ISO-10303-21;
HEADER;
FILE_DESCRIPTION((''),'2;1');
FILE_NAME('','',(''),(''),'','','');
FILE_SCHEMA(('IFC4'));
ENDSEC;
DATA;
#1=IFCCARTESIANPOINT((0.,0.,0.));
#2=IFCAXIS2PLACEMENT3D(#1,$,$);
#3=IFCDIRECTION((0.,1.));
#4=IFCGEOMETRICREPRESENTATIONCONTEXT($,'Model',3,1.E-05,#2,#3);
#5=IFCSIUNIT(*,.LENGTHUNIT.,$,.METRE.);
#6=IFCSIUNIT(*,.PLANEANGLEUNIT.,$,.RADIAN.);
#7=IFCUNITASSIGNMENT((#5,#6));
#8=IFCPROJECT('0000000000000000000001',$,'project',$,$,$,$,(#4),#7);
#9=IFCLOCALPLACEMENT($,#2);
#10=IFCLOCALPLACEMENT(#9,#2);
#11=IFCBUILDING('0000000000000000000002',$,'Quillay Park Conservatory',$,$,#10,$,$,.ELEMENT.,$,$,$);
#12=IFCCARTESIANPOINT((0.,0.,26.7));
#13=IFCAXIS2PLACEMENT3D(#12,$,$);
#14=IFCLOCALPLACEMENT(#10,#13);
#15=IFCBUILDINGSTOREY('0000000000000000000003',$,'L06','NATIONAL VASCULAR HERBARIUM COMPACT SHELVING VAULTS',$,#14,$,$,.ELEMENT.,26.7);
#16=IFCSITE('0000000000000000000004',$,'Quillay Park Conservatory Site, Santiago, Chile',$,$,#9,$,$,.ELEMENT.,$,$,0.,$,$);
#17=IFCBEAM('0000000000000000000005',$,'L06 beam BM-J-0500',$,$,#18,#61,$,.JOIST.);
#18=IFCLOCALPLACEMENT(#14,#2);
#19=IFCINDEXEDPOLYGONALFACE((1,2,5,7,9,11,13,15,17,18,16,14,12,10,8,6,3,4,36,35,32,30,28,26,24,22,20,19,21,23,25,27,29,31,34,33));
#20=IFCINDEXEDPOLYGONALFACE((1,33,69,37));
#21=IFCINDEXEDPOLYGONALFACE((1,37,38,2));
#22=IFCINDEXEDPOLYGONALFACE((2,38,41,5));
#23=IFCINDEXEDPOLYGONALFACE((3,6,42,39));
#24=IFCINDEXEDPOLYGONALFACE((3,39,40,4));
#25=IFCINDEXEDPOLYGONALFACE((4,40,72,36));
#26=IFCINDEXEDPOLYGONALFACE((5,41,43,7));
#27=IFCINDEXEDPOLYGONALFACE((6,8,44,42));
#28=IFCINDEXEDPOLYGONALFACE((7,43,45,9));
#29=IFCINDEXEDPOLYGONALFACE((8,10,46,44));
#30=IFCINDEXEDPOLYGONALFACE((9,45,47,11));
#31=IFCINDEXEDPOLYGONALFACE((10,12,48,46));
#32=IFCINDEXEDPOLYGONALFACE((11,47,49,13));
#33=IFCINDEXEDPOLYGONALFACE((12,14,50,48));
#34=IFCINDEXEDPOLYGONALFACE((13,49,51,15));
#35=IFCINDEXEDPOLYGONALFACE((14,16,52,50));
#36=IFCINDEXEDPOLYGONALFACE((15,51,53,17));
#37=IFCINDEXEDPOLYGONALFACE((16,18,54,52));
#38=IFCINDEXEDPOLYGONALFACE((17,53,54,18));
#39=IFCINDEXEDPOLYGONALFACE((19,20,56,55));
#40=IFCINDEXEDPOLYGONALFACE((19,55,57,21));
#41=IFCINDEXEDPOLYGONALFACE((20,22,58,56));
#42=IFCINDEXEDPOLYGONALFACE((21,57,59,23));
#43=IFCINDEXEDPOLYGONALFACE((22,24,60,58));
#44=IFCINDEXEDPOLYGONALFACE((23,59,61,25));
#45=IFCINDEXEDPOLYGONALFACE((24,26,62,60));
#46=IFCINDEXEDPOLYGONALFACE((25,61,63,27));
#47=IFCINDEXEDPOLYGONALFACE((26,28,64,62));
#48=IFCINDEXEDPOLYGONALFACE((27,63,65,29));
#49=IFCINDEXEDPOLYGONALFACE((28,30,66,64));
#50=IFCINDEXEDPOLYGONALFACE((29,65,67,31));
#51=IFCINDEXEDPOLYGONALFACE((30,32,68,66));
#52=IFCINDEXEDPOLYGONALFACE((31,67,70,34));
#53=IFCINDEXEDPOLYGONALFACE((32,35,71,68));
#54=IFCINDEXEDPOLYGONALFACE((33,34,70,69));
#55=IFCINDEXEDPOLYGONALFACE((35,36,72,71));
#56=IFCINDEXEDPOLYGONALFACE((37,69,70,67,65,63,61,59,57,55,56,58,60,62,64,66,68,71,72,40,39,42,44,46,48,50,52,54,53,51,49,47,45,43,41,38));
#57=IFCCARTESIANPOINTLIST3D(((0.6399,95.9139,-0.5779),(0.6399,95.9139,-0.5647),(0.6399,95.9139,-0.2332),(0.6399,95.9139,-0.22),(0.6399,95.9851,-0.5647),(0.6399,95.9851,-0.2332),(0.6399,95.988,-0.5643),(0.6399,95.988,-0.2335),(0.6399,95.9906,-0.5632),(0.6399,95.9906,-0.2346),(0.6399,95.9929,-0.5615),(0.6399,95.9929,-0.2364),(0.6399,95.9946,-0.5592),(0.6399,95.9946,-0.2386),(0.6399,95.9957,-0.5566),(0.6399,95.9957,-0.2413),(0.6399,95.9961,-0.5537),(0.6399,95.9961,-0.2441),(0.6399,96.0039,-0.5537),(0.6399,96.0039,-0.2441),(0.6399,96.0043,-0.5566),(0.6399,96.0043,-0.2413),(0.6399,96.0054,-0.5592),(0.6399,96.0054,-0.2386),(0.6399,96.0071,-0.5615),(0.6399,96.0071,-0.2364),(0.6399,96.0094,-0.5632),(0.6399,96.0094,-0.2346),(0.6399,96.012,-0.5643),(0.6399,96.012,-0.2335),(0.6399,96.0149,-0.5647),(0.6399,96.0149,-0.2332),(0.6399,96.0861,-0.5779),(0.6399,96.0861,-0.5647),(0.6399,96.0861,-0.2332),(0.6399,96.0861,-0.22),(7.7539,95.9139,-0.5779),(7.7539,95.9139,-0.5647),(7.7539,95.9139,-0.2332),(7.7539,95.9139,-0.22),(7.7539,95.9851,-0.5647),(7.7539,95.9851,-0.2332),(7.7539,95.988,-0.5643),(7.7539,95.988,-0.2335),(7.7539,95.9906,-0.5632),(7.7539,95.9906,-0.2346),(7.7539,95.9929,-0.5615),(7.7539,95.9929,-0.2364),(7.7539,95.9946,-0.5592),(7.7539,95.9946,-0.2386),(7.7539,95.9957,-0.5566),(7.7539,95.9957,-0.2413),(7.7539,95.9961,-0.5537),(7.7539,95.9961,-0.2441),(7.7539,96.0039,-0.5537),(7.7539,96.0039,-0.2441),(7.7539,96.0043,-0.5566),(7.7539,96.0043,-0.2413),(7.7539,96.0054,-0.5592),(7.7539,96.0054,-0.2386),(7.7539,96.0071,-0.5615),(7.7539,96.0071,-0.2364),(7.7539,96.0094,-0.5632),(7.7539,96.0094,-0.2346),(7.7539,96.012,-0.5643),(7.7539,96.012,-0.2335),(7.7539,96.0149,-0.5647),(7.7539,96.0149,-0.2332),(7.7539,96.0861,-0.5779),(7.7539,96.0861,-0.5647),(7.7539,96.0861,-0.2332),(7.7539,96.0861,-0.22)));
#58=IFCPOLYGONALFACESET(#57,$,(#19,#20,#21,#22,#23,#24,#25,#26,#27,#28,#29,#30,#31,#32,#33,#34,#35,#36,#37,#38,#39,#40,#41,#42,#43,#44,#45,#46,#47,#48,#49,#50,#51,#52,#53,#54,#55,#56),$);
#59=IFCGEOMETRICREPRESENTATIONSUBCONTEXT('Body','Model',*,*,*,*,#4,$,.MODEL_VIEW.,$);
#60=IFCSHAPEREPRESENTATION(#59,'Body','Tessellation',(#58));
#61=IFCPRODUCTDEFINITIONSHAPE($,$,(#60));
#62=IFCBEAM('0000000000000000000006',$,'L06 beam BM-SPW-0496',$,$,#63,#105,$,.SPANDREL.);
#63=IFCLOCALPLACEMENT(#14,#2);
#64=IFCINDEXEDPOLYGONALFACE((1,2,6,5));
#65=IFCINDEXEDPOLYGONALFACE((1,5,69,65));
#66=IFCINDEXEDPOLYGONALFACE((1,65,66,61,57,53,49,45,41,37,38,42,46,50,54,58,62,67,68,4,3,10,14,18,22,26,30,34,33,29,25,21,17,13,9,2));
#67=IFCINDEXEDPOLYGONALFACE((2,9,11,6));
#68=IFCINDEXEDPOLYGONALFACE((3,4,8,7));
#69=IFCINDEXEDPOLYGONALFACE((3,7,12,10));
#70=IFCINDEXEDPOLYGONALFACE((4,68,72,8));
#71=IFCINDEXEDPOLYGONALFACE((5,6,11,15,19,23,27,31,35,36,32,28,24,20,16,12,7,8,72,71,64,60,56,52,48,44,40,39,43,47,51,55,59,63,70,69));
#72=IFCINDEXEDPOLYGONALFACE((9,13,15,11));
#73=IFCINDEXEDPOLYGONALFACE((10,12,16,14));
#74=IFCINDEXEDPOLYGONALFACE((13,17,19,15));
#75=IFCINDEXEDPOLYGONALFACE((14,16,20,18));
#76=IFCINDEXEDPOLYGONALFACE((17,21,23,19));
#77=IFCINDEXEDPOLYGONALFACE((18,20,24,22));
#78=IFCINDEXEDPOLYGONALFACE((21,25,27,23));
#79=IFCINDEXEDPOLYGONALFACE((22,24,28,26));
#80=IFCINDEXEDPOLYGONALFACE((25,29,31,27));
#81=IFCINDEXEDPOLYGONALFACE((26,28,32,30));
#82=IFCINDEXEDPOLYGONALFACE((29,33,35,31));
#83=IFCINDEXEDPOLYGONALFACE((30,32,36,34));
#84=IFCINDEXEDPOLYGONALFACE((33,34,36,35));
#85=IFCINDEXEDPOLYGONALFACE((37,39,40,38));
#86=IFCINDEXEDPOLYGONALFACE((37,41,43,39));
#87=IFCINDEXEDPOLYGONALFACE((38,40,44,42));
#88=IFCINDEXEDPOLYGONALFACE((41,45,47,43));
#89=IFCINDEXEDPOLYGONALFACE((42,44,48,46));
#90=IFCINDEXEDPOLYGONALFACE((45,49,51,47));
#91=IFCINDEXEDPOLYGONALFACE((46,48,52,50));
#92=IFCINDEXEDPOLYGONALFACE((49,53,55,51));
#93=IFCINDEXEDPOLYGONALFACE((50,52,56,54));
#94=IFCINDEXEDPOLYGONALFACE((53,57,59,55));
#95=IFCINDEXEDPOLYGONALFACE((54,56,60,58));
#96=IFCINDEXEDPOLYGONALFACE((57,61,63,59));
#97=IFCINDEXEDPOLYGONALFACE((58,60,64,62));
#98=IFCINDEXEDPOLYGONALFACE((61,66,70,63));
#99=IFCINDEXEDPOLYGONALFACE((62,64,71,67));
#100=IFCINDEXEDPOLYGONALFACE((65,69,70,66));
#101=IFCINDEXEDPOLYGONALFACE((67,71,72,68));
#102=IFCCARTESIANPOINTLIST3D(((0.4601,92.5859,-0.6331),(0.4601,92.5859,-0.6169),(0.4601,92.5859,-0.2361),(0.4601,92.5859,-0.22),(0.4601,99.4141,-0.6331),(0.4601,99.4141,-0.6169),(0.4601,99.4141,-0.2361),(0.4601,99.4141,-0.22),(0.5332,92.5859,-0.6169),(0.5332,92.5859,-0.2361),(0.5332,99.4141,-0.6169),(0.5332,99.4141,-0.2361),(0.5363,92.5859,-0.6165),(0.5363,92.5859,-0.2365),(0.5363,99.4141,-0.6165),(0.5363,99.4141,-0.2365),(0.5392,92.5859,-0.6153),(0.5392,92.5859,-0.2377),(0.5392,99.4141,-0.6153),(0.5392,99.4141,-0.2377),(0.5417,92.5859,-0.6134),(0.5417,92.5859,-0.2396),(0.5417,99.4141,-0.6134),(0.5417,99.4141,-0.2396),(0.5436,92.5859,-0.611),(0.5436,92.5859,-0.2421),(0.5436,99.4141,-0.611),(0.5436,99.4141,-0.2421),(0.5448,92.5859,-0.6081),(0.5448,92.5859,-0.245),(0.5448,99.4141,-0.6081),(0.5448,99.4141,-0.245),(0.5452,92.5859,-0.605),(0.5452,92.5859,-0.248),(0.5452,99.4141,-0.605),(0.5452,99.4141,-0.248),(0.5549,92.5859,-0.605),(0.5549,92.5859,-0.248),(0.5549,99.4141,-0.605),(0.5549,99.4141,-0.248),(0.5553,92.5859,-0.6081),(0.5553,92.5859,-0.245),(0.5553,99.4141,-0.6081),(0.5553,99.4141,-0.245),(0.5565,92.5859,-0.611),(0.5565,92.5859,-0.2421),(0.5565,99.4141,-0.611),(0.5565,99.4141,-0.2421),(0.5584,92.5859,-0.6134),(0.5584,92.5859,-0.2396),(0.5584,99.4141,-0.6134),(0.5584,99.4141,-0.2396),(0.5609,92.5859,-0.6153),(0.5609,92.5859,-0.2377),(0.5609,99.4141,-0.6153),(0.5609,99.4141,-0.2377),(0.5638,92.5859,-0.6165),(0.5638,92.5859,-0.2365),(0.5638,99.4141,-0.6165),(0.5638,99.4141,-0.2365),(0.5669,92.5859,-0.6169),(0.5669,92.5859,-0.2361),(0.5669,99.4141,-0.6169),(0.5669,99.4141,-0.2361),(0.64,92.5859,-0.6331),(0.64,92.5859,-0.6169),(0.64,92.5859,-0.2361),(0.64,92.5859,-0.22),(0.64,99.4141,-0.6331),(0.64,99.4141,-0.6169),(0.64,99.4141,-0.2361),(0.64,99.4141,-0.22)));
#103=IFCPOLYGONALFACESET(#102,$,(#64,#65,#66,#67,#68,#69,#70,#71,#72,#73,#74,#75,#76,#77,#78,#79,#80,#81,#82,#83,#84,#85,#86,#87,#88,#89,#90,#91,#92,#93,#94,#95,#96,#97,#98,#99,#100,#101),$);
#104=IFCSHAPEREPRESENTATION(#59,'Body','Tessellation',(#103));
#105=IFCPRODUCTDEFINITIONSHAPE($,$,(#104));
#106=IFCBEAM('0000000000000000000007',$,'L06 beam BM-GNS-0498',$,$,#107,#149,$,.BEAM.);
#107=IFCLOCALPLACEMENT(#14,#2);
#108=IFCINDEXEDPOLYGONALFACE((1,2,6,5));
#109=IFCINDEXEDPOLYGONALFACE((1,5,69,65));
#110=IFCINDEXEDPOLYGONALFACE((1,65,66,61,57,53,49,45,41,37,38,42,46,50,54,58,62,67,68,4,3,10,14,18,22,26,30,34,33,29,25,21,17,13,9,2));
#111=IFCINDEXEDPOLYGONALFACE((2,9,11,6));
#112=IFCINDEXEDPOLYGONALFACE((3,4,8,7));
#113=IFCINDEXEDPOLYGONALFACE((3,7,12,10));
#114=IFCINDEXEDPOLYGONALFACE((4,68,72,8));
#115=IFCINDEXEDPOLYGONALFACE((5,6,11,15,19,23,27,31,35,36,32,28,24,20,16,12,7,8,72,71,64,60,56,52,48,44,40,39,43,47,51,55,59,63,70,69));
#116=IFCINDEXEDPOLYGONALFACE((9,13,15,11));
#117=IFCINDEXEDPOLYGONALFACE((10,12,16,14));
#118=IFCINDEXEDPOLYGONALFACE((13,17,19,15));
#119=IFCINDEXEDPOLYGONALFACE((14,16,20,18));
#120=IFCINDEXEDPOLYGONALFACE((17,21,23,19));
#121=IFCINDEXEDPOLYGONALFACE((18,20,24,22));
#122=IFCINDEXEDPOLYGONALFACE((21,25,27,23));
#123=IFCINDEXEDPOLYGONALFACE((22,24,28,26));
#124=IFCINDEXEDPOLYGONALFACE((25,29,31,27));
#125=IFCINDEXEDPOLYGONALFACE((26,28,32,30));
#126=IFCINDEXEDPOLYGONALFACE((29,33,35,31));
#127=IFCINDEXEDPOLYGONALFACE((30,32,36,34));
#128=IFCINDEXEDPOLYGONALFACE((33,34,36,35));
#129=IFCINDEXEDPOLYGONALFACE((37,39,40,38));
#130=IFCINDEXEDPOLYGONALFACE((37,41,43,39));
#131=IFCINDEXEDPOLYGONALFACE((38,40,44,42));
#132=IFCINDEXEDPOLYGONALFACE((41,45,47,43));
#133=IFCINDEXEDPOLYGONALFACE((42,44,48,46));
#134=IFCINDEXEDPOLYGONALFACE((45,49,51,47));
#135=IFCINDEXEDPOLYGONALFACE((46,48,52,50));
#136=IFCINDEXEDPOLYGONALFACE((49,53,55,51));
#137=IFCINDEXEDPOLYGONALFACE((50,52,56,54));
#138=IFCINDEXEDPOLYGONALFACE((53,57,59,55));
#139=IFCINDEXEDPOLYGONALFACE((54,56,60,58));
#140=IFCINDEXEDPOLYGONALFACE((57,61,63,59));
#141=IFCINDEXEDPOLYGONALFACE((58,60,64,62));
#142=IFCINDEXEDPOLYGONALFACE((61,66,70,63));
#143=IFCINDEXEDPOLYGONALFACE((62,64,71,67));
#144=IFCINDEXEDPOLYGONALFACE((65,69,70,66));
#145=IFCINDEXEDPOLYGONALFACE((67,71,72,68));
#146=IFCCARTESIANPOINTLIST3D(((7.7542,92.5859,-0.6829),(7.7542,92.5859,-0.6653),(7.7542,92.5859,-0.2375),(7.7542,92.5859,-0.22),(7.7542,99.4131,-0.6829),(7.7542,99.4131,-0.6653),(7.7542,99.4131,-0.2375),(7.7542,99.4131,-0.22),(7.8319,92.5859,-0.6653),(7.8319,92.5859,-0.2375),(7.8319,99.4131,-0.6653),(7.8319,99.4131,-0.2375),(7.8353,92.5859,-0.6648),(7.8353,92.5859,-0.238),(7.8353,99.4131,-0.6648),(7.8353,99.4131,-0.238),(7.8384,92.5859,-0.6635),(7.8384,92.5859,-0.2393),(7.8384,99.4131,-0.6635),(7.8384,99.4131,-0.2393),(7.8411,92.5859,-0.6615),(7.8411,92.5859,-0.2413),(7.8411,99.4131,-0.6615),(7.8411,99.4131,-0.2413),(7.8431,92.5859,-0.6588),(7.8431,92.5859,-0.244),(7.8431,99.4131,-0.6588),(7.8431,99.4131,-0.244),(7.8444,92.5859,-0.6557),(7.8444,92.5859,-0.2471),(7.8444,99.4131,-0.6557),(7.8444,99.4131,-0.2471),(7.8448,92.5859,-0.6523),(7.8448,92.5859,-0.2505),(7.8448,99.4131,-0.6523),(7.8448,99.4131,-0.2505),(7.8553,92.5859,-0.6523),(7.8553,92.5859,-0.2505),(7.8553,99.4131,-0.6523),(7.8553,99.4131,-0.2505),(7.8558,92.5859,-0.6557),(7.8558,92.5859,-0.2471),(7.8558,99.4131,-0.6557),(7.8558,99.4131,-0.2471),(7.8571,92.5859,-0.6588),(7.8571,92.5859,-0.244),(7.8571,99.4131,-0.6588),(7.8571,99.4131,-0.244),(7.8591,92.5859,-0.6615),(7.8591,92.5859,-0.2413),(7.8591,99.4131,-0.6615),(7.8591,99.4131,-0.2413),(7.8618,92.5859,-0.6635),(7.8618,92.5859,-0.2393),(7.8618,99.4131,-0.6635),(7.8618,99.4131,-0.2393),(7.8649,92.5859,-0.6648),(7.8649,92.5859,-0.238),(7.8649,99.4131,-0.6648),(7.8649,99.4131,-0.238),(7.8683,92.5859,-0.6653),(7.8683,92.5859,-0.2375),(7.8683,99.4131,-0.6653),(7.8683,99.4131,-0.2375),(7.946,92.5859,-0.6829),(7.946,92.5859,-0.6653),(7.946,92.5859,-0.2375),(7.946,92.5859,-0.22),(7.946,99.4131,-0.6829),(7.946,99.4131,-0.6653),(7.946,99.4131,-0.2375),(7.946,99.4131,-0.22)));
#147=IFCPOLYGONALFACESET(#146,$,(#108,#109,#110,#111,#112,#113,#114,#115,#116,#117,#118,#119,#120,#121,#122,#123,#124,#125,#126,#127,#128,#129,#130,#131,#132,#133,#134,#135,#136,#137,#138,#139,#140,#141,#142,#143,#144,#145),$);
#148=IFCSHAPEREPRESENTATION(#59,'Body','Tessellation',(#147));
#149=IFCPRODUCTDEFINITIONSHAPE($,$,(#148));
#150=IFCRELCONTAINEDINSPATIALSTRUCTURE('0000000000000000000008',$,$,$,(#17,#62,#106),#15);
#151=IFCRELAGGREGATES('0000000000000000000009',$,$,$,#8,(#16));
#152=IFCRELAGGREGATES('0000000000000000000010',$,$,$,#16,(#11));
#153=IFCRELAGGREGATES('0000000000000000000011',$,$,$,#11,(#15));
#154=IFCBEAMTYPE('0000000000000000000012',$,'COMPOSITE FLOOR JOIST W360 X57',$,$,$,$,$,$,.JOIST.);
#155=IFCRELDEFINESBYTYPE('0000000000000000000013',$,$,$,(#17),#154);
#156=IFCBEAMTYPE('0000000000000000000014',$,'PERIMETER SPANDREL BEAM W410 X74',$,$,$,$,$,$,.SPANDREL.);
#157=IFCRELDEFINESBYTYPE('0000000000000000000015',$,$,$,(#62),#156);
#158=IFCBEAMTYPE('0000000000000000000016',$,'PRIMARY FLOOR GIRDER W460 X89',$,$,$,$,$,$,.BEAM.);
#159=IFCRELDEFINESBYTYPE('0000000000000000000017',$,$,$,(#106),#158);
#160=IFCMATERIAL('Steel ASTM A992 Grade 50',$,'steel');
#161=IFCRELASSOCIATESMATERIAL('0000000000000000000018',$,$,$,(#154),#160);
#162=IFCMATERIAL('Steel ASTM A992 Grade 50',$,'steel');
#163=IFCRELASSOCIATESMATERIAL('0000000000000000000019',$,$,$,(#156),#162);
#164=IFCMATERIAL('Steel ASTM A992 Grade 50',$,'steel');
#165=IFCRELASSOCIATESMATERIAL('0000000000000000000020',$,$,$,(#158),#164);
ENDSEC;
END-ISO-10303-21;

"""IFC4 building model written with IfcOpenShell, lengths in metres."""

from ifc_helpers import new_model, si_unit, direction, frame, origin, origin_2d, place, context, subcontext, project, spatial, i_section, extrude, material, material_profile, profile_set, type_object, element, save


model = new_model("IFC4")

# Units and contexts
model_context = context("Model", 3, precision=1e-05, world=origin(), true_north=direction((0.0, 1.0)))
body_context = subcontext(model_context, "Body", "Model", "MODEL_VIEW")
ifc_project = project(units=[si_unit("LENGTHUNIT", "METRE"), si_unit("PLANEANGLEUNIT", "RADIAN")], contexts=[model_context])

# Site, building, storey
site_placement = place(None, origin())
site = spatial("IfcSite", under=ifc_project, at=site_placement, Name="Quillay Park Conservatory Site, Santiago, Chile", CompositionType="ELEMENT", RefElevation=0.0)
building_placement = place(site_placement, origin())
building = spatial("IfcBuilding", under=site, at=building_placement, Name="Quillay Park Conservatory", CompositionType="ELEMENT")
storey_placement = place(building_placement, frame((0.0, 0.0, 26.7)))
storey = spatial("IfcBuildingStorey", under=building, at=storey_placement, Name="L06", Description="NATIONAL VASCULAR HERBARIUM COMPACT SHELVING VAULTS", CompositionType="ELEMENT", Elevation=26.7)

# Beams
ifc_material_1 = material(Name="Steel ASTM A992 Grade 50", Category="steel")
ifc_material_profile_1 = material_profile(ifc_material_1, i_section(OverallWidth=0.1721, OverallDepth=0.3579, WebThickness=0.0078, FlangeThickness=0.0132, FilletRadius=0.011, at=origin_2d()), Name="W360x57")
ifc_profile_set_1 = profile_set([ifc_material_profile_1], Name="Steel ASTM A992 Grade 50")
beam_type_1 = type_object("IfcBeamType", Name="COMPOSITE FLOOR JOIST W360 X57", PredefinedType="JOIST", material=ifc_profile_set_1)
beam_1_placement = place(storey_placement, frame((0.6399, 96.0, -0.3989), z_axis=(1.0, 0.0, 0.0), x_axis=(0.0, 1.0, 0.0)))
element("IfcBeam", 1, at=beam_1_placement, inside=storey, type_object=beam_type_1, Name="L06 beam BM-J-0500", PredefinedType="JOIST", context=body_context, shape_type="SweptSolid", body=[
    extrude(i_section(OverallWidth=0.1721, OverallDepth=0.3579, WebThickness=0.0078, FlangeThickness=0.0132, FilletRadius=0.011, at=origin_2d()), origin(), (0.0, 0.0, 1.0), 7.114),
])
ifc_material_2 = material(Name="Steel ASTM A992 Grade 50", Category="steel")
ifc_material_profile_2 = material_profile(ifc_material_2, i_section(OverallWidth=0.1799, OverallDepth=0.4131, WebThickness=0.0098, FlangeThickness=0.0161, FilletRadius=0.012, at=origin_2d()), Name="W410x74")
ifc_profile_set_2 = profile_set([ifc_material_profile_2], Name="Steel ASTM A992 Grade 50")
beam_type_2 = type_object("IfcBeamType", Name="PERIMETER SPANDREL BEAM W410 X74", PredefinedType="SPANDREL", material=ifc_profile_set_2)
beam_2_placement = place(storey_placement, frame((0.55, 92.5859, -0.4265), z_axis=(0.0, 1.0, 0.0), x_axis=(-1.0, 0.0, 0.0)))
element("IfcBeam", 2, at=beam_2_placement, inside=storey, type_object=beam_type_2, Name="L06 beam BM-SPW-0496", PredefinedType="SPANDREL", context=body_context, shape_type="SweptSolid", body=[
    extrude(i_section(OverallWidth=0.1799, OverallDepth=0.4131, WebThickness=0.0098, FlangeThickness=0.0161, FilletRadius=0.012, at=origin_2d()), origin(), (0.0, 0.0, 1.0), 6.8281),
])
ifc_material_3 = material(Name="Steel ASTM A992 Grade 50", Category="steel")
ifc_material_profile_3 = material_profile(ifc_material_3, i_section(OverallWidth=0.1919, OverallDepth=0.4629, WebThickness=0.0105, FlangeThickness=0.0176, FilletRadius=0.0129, at=origin_2d()), Name="W460x89")
ifc_profile_set_3 = profile_set([ifc_material_profile_3], Name="Steel ASTM A992 Grade 50")
beam_type_3 = type_object("IfcBeamType", Name="PRIMARY FLOOR GIRDER W460 X89", PredefinedType="BEAM", material=ifc_profile_set_3)
beam_3_placement = place(storey_placement, frame((7.8501, 92.5859, -0.4514), z_axis=(0.0, 1.0, 0.0), x_axis=(-1.0, 0.0, 0.0)))
element("IfcBeam", 3, at=beam_3_placement, inside=storey, type_object=beam_type_3, Name="L06 beam BM-GNS-0498", PredefinedType="BEAM", context=body_context, shape_type="SweptSolid", body=[
    extrude(i_section(OverallWidth=0.1919, OverallDepth=0.4629, WebThickness=0.0105, FlangeThickness=0.0176, FilletRadius=0.0129, at=origin_2d()), origin(), (0.0, 0.0, 1.0), 6.8271),
])

save(model, "model.ifc")
